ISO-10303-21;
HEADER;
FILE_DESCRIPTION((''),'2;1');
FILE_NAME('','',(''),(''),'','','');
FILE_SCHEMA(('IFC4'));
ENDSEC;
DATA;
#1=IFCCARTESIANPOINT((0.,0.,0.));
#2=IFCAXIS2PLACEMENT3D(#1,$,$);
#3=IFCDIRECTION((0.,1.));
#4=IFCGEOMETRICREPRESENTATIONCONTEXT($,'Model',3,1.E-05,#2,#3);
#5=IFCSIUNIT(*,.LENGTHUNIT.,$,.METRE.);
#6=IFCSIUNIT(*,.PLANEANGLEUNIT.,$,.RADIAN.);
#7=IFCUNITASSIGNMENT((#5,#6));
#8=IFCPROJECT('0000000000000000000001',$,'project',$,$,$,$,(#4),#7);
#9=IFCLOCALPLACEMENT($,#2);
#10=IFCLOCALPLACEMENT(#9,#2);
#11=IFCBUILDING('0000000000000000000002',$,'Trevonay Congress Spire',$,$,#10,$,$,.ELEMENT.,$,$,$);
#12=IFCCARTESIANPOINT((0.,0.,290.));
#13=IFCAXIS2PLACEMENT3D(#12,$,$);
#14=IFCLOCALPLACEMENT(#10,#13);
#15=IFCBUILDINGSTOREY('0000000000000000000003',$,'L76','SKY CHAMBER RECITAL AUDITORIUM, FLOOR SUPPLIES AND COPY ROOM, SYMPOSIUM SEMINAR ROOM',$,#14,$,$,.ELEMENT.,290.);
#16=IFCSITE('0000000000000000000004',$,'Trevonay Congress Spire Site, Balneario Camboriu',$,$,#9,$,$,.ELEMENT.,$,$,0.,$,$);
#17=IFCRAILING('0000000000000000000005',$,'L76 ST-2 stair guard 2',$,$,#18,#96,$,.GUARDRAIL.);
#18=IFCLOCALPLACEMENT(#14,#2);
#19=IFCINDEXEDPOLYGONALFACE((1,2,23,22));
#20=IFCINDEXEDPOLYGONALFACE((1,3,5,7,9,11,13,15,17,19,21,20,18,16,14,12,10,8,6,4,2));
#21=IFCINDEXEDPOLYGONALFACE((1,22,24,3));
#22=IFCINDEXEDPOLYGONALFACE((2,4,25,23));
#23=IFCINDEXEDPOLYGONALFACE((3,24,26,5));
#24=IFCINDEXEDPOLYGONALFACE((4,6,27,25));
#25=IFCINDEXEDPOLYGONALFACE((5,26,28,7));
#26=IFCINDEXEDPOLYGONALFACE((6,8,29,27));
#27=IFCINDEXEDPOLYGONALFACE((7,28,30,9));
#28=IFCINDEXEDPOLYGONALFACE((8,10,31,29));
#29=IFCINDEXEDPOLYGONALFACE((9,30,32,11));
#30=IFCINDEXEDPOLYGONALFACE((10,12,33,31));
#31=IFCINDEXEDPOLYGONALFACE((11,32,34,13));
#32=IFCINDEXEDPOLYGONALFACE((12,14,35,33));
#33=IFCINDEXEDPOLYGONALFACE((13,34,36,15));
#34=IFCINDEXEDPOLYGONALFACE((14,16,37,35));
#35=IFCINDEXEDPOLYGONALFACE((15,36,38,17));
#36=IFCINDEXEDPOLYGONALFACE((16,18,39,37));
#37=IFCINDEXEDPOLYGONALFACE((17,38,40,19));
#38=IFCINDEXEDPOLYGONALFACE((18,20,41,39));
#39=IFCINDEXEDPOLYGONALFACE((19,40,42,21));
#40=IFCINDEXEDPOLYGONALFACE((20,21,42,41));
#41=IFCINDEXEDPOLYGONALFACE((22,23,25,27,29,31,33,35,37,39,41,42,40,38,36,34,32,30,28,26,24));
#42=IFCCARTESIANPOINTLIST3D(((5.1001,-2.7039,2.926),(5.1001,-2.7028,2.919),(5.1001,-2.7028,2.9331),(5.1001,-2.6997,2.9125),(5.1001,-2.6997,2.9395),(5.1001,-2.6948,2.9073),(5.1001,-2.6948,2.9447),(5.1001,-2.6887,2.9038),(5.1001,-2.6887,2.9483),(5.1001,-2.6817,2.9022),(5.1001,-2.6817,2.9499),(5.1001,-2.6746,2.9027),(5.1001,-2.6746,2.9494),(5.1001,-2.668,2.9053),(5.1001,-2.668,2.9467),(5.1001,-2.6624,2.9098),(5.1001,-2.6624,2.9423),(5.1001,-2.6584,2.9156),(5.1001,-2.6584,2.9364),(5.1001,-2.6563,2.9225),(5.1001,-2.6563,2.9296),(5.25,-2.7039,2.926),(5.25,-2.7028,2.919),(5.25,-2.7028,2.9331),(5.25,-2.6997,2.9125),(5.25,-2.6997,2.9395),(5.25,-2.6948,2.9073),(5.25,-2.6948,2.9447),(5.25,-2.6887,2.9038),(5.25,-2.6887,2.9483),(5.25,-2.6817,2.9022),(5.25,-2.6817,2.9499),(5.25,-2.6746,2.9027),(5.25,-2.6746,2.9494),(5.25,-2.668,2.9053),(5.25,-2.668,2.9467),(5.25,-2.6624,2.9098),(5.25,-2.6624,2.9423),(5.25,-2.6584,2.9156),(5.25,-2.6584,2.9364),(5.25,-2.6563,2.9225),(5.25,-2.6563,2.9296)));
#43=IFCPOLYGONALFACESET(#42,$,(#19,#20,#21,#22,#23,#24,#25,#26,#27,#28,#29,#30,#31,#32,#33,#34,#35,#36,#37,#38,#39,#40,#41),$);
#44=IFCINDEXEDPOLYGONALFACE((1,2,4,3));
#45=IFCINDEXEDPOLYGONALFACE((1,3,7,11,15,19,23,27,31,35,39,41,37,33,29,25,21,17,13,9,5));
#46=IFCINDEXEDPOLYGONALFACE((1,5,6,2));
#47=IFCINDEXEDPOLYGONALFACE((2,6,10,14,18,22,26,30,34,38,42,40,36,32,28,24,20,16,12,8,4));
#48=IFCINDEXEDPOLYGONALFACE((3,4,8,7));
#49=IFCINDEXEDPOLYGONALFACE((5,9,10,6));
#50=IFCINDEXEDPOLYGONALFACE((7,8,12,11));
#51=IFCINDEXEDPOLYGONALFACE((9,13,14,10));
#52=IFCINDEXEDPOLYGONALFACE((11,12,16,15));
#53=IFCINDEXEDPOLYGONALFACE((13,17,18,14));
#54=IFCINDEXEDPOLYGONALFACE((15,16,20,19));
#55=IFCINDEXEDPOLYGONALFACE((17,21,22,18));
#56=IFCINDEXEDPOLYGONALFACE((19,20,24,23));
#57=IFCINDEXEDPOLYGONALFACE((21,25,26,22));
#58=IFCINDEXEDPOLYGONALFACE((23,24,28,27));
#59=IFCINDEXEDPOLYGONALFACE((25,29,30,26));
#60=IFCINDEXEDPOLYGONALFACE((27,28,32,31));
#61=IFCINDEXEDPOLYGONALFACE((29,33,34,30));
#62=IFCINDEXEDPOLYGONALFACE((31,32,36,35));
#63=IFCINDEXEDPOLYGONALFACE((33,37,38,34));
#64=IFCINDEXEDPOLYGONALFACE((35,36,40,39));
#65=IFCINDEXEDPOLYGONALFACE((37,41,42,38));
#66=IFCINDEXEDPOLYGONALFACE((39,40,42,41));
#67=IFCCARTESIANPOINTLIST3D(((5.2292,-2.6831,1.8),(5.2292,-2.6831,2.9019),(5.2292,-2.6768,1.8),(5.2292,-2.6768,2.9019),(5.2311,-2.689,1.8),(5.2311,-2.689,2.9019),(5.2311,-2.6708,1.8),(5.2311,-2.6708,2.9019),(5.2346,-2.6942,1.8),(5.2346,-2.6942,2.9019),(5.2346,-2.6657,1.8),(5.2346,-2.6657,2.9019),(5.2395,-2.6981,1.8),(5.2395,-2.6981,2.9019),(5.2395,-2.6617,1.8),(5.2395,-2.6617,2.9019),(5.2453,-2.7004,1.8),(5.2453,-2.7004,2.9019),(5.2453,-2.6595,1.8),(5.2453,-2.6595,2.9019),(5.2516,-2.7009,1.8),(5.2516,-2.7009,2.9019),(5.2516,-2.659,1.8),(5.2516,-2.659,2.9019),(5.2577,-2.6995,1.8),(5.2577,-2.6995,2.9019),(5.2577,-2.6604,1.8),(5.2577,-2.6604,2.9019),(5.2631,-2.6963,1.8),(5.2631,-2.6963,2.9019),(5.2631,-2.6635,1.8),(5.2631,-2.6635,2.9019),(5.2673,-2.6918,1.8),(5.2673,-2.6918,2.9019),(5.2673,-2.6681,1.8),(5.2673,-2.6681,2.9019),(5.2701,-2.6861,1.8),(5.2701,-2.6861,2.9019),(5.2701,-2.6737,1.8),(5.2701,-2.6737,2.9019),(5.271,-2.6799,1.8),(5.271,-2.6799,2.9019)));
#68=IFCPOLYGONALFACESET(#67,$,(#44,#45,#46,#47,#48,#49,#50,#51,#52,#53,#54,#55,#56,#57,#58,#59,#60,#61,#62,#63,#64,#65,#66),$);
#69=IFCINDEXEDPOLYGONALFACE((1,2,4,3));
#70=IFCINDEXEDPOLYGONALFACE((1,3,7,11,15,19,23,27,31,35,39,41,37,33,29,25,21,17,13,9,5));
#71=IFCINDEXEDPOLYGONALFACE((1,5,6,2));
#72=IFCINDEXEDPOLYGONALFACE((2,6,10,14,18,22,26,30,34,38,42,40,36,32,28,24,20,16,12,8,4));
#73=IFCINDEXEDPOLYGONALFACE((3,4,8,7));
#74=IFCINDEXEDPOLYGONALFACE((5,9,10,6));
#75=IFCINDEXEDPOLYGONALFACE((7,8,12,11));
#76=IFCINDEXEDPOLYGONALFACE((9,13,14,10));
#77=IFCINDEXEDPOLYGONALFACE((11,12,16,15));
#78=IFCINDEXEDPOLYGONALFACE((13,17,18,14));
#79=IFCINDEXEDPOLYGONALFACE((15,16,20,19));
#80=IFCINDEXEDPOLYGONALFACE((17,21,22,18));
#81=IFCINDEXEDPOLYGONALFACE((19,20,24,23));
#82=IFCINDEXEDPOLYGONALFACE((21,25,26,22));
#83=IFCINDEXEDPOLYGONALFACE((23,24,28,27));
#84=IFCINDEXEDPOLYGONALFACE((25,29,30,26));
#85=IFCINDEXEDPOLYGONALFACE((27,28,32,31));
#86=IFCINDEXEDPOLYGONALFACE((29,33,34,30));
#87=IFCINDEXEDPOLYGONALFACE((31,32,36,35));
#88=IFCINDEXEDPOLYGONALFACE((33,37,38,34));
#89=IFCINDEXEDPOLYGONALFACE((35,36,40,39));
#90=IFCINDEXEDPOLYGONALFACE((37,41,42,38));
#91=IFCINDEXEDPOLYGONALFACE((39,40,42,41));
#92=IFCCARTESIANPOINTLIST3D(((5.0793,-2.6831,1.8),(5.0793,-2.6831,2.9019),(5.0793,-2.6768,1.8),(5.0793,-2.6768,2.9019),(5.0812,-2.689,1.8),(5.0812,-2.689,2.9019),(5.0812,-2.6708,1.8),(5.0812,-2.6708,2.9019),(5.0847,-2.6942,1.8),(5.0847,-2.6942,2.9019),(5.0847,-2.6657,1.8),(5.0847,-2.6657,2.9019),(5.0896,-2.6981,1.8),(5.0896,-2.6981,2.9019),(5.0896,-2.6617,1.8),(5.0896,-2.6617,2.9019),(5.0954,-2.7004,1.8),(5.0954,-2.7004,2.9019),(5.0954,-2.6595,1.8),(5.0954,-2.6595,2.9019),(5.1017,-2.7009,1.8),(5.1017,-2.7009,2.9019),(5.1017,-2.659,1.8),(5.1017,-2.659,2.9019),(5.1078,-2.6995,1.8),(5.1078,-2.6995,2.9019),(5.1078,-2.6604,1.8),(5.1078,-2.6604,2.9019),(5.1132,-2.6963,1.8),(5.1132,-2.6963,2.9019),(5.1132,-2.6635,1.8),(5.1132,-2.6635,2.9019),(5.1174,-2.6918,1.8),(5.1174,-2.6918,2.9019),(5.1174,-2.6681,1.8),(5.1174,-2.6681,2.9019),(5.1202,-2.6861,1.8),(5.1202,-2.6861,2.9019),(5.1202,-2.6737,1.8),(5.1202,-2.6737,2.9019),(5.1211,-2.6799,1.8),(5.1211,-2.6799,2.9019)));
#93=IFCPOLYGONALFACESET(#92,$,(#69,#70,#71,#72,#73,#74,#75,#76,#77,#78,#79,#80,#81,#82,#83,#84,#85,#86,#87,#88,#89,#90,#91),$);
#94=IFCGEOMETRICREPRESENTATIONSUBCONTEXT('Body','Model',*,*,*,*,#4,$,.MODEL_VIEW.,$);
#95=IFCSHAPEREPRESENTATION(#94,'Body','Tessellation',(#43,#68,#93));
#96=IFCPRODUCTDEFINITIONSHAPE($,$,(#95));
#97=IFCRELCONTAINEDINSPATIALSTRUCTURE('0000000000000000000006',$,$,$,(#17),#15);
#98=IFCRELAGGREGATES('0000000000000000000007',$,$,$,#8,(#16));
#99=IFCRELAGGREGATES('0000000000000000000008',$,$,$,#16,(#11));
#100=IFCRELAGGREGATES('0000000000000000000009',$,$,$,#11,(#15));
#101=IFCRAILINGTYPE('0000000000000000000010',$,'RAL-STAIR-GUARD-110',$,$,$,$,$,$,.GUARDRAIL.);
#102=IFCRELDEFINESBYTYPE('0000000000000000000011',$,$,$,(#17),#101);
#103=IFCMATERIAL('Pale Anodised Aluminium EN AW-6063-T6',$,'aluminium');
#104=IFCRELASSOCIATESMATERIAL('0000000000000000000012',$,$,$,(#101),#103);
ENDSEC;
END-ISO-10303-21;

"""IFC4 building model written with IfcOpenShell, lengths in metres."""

from ifc_helpers import new_model, si_unit, direction, frame, origin, origin_2d, place, context, subcontext, project, spatial, circle, extrude, material, type_object, element, save


model = new_model("IFC4")

# Units and contexts
model_context = context("Model", 3, precision=1e-05, world=origin(), true_north=direction((0.0, 1.0)))
body_context = subcontext(model_context, "Body", "Model", "MODEL_VIEW")
ifc_project = project(units=[si_unit("LENGTHUNIT", "METRE"), si_unit("PLANEANGLEUNIT", "RADIAN")], contexts=[model_context])

# Site, building, storey
site_placement = place(None, origin())
site = spatial("IfcSite", under=ifc_project, at=site_placement, Name="Trevonay Congress Spire Site, Balneario Camboriu", CompositionType="ELEMENT", RefElevation=0.0)
building_placement = place(site_placement, origin())
building = spatial("IfcBuilding", under=site, at=building_placement, Name="Trevonay Congress Spire", CompositionType="ELEMENT")
storey_placement = place(building_placement, frame((0.0, 0.0, 290.0)))
storey = spatial("IfcBuildingStorey", under=building, at=storey_placement, Name="L76", Description="SKY CHAMBER RECITAL AUDITORIUM, FLOOR SUPPLIES AND COPY ROOM, SYMPOSIUM SEMINAR ROOM", CompositionType="ELEMENT", Elevation=290.0)

# Shared definitions
ifc_material_1 = material(Name="Pale Anodised Aluminium EN AW-6063-T6", Category="aluminium")

# Railing
railing_type_1 = type_object("IfcRailingType", Name="RAL-STAIR-GUARD-110", PredefinedType="GUARDRAIL", material=ifc_material_1)
railing_1_placement = place(storey_placement, frame((5.25, -2.6799, 1.8)))
element("IfcRailing", 1, at=railing_1_placement, inside=storey, type_object=railing_type_1, Name="L76 ST-2 stair guard 2", PredefinedType="GUARDRAIL", context=body_context, shape_type="SweptSolid", body=[
    extrude(circle(Radius=0.0239, at=origin_2d()), frame((0.0, 0.0, 1.126), z_axis=(-1.0, 0.0, 0.0), x_axis=(0.0, -1.0, 0.0)), (0.0, 0.0, 1.0), 0.1499),
    extrude(circle(Radius=0.021, at=origin_2d()), origin(), (0.0, 0.0, 1.0), 1.1018),
    extrude(circle(Radius=0.021, at=origin_2d()), frame((-0.1499, 0.0, 0.0)), (0.0, 0.0, 1.0), 1.1018),
])

save(model, "model.ifc")
